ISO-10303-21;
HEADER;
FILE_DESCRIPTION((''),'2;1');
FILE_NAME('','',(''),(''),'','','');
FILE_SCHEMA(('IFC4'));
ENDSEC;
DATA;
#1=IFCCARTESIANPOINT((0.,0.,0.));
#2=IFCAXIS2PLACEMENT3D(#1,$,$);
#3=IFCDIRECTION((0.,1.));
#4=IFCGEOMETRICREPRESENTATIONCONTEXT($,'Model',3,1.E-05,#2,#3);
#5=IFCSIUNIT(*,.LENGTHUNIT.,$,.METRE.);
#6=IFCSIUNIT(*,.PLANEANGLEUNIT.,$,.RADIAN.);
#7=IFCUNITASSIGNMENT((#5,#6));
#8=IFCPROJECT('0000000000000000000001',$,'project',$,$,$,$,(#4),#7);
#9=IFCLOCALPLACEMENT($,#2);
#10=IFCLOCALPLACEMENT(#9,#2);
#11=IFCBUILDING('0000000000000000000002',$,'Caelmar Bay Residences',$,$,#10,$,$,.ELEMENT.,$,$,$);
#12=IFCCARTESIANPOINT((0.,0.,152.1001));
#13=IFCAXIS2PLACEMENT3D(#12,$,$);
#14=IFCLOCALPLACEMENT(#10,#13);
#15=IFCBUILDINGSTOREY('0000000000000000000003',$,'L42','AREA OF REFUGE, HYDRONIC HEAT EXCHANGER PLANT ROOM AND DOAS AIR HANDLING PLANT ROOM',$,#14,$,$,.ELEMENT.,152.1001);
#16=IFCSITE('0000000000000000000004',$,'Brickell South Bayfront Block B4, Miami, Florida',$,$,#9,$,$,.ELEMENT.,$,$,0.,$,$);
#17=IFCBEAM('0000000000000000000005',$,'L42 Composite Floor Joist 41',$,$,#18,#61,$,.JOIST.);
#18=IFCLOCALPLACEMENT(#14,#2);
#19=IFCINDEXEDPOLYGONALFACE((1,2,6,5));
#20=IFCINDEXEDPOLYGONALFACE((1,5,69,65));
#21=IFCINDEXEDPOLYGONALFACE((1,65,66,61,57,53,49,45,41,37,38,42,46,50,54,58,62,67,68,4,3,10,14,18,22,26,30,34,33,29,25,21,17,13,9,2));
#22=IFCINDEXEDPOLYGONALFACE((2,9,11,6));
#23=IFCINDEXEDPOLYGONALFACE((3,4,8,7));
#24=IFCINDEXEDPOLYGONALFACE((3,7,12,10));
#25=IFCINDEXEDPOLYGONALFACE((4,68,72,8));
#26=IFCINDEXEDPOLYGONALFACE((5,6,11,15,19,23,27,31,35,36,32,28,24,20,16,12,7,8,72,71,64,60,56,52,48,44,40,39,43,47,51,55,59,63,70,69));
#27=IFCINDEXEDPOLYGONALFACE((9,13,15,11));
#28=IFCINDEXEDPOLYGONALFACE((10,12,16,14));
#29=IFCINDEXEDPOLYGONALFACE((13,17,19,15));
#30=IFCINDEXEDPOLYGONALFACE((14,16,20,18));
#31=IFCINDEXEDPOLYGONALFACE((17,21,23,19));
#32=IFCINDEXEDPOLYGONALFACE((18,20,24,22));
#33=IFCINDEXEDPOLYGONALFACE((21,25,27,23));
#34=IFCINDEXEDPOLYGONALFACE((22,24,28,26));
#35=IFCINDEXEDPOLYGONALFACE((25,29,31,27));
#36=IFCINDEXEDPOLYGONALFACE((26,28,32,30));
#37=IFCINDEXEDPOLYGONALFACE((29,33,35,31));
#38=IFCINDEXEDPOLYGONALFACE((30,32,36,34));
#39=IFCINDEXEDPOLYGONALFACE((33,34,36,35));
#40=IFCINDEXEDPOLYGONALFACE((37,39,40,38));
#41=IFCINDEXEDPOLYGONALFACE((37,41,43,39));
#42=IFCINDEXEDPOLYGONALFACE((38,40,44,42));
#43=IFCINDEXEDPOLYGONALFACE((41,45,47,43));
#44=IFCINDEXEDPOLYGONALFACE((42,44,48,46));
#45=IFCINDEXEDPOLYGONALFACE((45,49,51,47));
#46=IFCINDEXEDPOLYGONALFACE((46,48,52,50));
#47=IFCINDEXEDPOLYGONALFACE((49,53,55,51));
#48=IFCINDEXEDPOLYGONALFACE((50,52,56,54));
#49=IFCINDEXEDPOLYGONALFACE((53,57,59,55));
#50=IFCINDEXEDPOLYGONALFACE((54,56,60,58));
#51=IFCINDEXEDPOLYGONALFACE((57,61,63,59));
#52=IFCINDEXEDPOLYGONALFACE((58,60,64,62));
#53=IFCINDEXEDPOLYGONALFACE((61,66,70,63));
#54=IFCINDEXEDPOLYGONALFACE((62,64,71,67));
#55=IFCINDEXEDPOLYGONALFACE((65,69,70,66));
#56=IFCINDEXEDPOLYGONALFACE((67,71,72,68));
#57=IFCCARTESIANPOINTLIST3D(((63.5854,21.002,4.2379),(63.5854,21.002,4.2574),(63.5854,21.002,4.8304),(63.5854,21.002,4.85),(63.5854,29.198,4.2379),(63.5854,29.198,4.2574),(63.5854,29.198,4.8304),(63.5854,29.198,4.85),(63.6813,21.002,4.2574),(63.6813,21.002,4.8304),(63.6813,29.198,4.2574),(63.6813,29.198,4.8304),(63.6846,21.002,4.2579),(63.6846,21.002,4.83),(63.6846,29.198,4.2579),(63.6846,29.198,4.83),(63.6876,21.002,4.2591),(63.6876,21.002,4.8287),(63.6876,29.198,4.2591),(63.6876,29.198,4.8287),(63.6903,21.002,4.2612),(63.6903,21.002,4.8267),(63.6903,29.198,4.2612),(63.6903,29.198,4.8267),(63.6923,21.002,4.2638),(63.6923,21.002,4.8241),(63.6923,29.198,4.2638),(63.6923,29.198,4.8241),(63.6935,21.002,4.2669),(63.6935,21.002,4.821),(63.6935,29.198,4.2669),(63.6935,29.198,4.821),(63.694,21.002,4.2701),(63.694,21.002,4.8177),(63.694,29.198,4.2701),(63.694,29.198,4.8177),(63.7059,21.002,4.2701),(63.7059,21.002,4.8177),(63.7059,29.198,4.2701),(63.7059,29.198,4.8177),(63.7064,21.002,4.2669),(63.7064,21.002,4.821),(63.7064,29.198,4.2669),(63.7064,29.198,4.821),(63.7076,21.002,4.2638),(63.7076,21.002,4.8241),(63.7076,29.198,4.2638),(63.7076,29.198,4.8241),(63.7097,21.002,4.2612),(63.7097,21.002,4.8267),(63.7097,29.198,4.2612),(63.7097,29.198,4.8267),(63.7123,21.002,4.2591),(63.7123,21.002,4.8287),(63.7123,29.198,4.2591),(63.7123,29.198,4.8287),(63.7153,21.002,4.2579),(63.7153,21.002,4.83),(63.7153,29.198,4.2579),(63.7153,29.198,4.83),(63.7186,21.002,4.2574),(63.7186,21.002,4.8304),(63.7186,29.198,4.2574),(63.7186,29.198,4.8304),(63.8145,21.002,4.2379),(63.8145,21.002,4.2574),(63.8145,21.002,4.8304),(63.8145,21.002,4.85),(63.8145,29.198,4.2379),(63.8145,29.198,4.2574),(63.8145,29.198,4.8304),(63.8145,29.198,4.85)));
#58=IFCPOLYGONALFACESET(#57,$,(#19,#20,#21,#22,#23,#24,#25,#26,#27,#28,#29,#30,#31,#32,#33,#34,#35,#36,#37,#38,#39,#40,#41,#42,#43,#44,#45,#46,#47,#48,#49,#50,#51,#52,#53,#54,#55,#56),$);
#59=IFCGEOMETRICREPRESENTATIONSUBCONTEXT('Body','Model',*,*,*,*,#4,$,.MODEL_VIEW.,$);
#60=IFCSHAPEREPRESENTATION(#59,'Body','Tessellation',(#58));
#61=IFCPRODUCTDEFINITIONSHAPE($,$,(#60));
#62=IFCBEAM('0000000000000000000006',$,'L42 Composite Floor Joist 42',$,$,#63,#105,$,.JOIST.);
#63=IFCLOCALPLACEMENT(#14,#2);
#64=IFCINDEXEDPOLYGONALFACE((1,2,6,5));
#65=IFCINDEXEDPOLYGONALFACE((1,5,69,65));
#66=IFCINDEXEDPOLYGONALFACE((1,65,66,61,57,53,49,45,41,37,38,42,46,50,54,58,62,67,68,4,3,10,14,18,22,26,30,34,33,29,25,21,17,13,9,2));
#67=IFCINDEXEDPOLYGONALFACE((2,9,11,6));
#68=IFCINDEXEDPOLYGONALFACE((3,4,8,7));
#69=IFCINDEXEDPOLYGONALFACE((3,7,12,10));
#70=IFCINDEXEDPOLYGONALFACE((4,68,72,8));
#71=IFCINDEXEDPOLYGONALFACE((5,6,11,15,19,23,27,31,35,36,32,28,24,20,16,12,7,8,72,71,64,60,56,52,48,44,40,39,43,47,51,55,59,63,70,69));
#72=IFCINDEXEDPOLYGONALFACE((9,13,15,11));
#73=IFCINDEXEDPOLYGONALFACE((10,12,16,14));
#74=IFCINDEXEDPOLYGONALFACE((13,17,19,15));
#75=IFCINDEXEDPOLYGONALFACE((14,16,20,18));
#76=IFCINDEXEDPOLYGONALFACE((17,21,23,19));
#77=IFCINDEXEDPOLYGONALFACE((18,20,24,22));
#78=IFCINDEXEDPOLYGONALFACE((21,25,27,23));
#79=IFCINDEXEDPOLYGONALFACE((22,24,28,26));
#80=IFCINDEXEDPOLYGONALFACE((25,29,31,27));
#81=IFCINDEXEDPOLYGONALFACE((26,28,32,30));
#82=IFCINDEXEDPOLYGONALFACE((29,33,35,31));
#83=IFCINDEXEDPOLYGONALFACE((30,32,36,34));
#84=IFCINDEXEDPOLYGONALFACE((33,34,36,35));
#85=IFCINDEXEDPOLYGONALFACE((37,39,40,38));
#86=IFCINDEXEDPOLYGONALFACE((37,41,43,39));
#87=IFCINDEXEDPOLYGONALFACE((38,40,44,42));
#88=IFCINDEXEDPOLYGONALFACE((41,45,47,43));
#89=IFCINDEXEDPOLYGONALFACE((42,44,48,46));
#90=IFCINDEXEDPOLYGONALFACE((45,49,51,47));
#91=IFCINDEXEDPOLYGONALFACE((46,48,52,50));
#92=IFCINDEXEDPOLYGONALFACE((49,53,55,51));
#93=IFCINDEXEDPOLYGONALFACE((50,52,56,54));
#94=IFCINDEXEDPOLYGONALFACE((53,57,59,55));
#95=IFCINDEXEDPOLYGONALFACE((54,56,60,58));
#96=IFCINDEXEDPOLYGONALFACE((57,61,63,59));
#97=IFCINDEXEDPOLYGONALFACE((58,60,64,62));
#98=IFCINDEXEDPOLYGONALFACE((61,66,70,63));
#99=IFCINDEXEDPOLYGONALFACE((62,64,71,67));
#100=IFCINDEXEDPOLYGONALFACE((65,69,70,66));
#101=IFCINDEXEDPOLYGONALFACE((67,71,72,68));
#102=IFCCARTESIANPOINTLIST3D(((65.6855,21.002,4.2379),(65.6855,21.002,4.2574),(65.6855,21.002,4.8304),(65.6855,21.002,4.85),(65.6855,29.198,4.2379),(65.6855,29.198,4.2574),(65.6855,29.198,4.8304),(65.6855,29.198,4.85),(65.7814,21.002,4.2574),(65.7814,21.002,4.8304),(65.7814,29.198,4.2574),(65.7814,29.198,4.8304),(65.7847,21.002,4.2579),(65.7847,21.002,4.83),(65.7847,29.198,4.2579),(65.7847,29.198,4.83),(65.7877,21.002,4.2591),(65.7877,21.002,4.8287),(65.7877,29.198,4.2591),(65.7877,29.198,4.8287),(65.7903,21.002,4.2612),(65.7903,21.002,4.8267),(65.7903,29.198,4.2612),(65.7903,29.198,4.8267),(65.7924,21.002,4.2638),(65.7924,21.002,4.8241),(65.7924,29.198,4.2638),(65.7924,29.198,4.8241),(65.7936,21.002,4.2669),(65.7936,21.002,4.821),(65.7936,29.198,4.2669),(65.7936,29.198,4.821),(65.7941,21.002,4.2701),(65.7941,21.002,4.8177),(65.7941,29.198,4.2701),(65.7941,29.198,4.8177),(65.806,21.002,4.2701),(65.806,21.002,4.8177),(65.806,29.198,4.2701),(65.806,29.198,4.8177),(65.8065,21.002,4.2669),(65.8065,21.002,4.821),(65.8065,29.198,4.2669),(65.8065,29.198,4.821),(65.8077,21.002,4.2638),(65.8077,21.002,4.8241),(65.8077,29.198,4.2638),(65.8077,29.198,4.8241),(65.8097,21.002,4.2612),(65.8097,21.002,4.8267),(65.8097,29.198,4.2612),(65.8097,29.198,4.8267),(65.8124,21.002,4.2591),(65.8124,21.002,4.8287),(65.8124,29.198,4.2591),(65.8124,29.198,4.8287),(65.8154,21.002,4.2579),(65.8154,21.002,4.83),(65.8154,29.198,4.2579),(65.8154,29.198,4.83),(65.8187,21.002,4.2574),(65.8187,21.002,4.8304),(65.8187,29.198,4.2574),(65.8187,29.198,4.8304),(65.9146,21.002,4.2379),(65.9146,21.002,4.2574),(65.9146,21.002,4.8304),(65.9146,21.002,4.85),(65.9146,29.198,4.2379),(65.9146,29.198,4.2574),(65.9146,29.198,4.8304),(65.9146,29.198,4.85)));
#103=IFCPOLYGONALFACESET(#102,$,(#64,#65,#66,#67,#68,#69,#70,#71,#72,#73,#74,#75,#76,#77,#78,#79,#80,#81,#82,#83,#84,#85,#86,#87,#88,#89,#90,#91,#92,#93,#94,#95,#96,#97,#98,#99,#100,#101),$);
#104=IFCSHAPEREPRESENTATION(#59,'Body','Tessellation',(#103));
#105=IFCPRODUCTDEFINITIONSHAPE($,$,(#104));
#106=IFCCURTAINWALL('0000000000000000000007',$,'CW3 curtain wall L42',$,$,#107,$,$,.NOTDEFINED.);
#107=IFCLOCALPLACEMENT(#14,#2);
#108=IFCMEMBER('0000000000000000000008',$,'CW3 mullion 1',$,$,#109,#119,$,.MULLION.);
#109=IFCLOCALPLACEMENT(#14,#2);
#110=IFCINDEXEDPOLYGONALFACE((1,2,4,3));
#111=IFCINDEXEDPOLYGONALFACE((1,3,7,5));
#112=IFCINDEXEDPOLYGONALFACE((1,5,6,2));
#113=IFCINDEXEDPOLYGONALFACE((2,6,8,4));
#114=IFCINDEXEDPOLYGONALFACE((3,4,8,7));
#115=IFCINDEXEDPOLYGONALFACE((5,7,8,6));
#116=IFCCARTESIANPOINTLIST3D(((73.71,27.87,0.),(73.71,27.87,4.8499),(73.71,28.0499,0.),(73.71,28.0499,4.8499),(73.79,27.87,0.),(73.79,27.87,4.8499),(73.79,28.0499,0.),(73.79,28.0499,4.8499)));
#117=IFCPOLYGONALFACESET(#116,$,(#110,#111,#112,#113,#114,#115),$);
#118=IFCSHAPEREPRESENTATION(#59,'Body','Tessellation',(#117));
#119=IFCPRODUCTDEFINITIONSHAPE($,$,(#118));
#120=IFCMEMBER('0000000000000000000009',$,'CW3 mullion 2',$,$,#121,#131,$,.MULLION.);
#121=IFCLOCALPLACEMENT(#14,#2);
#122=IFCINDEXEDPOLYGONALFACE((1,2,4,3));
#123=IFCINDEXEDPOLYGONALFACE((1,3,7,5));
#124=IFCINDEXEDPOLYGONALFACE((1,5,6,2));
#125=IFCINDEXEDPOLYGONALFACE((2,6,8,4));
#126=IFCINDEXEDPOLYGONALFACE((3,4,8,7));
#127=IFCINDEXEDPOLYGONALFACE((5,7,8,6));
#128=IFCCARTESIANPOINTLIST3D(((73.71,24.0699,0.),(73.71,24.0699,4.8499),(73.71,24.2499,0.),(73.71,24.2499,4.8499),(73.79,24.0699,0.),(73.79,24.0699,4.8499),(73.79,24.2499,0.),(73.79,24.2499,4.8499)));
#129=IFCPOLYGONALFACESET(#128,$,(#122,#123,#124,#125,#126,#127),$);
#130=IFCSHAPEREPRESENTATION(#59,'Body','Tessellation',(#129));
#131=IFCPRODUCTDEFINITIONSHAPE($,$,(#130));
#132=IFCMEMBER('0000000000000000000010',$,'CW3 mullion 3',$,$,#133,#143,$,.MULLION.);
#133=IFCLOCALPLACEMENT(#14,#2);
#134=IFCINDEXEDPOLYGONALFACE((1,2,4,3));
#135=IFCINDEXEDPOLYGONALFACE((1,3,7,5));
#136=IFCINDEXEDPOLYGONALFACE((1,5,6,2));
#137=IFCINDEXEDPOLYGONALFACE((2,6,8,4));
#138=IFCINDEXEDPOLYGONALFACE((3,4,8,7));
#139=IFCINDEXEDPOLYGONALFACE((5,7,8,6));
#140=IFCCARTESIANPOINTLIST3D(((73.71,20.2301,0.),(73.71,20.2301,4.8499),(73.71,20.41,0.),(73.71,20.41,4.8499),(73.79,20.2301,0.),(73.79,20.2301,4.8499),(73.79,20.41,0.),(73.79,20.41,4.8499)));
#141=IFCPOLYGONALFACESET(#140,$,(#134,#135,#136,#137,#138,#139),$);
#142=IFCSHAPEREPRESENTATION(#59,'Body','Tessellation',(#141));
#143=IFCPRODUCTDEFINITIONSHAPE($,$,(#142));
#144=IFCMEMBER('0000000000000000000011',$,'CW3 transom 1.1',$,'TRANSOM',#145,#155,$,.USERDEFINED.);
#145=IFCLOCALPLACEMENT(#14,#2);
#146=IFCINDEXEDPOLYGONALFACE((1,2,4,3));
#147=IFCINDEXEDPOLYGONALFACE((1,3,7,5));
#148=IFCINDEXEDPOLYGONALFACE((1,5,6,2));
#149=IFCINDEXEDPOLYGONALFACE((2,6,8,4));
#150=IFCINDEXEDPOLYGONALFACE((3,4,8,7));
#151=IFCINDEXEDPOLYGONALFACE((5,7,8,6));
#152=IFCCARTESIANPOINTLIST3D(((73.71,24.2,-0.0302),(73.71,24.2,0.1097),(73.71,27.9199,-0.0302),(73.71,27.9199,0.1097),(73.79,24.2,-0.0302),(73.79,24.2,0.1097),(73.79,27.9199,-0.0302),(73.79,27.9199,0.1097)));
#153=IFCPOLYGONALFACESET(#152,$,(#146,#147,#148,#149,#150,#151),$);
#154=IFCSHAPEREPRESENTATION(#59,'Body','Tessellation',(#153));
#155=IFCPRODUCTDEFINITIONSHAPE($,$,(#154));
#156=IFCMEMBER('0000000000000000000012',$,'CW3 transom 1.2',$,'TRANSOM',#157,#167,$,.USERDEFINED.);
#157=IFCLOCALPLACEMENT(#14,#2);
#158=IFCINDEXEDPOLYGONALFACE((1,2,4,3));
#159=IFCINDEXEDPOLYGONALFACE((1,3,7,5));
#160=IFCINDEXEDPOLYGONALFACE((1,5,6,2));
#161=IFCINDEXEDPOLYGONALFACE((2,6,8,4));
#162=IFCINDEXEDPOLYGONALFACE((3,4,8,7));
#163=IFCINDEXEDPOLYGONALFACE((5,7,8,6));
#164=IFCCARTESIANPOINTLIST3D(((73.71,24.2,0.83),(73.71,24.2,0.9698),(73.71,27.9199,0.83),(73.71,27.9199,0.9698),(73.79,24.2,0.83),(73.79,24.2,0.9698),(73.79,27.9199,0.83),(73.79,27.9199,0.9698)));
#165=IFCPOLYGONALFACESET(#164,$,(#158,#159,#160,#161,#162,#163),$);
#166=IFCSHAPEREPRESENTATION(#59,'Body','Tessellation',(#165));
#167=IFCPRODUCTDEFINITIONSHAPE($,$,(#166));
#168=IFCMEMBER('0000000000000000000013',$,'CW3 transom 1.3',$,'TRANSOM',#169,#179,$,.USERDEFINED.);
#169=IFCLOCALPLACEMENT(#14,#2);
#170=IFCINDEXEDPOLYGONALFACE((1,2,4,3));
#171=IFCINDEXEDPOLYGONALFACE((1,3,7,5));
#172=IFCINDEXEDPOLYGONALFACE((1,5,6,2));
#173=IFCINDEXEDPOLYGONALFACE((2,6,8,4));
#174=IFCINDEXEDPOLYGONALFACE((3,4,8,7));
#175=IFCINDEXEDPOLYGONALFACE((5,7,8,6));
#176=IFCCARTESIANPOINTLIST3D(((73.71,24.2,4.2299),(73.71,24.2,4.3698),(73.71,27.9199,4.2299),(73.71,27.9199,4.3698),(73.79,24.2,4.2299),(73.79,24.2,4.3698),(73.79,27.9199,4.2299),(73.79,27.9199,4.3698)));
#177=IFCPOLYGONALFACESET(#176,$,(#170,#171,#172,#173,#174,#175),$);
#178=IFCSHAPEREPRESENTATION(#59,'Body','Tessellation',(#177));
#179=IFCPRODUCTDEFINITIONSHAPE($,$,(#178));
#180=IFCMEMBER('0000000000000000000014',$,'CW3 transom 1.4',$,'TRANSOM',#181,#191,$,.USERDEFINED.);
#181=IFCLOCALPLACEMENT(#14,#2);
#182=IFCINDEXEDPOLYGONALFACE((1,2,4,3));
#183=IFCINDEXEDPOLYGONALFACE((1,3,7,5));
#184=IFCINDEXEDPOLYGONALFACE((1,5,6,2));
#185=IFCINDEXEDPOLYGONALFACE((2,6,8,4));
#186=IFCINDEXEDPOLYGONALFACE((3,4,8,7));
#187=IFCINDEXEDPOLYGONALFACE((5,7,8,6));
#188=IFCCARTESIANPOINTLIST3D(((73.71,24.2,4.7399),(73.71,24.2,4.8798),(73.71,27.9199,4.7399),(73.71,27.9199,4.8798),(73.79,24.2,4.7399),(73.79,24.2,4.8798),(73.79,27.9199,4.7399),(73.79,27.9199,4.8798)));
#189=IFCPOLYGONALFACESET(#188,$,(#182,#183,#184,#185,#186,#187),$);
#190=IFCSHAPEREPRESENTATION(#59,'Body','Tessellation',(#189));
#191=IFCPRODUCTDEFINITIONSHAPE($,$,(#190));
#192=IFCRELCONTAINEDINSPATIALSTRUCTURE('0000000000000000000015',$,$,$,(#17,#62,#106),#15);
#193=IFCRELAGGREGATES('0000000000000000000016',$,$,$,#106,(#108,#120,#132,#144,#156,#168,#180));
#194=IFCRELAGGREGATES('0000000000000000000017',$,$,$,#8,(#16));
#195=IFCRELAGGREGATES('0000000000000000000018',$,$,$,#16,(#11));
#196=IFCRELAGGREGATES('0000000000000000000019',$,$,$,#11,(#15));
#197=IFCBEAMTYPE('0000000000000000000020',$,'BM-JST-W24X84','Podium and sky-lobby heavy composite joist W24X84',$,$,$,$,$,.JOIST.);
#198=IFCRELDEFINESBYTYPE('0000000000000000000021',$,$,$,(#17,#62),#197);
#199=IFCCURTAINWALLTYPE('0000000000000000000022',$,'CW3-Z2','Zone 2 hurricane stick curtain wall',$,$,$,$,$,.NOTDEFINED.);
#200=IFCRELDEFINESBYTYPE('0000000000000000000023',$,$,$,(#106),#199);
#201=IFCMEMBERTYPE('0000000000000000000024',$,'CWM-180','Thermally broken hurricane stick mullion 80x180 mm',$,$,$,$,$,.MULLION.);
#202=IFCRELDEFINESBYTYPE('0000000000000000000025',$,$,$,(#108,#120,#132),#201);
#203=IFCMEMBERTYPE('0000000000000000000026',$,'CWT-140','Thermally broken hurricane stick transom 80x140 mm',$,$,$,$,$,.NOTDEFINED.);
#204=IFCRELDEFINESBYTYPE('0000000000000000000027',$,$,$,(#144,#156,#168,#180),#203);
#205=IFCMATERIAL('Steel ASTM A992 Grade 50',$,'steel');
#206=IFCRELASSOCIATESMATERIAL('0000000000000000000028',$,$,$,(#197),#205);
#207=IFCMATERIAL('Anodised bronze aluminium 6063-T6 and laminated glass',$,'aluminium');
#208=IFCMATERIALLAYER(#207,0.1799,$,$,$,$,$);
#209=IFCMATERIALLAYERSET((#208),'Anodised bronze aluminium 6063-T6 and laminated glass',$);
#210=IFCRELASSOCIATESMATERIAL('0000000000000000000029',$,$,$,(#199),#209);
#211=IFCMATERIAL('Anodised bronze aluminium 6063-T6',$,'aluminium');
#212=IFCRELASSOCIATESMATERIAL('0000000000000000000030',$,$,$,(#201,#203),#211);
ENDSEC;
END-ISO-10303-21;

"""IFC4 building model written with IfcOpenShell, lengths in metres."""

from ifc_helpers import new_model, si_unit, direction, frame, origin, origin_2d, place, context, subcontext, project, spatial, rectangle, i_section, extrude, material, layer, layer_set, material_profile, profile_set, type_object, element, aggregate, save


model = new_model("IFC4")

# Units and contexts
model_context = context("Model", 3, precision=1e-05, world=origin(), true_north=direction((0.0, 1.0)))
body_context = subcontext(model_context, "Body", "Model", "MODEL_VIEW")
ifc_project = project(units=[si_unit("LENGTHUNIT", "METRE"), si_unit("PLANEANGLEUNIT", "RADIAN")], contexts=[model_context])

# Site, building, storey
site_placement = place(None, origin())
site = spatial("IfcSite", under=ifc_project, at=site_placement, Name="Brickell South Bayfront Block B4, Miami, Florida", CompositionType="ELEMENT", RefElevation=0.0)
building_placement = place(site_placement, origin())
building = spatial("IfcBuilding", under=site, at=building_placement, Name="Caelmar Bay Residences", CompositionType="ELEMENT")
storey_placement = place(building_placement, frame((0.0, 0.0, 152.1001)))
storey = spatial("IfcBuildingStorey", under=building, at=storey_placement, Name="L42", Description="AREA OF REFUGE, HYDRONIC HEAT EXCHANGER PLANT ROOM AND DOAS AIR HANDLING PLANT ROOM", CompositionType="ELEMENT", Elevation=152.1001)

# Beams
ifc_material_1 = material(Name="Steel ASTM A992 Grade 50", Category="steel")
ifc_material_profile_1 = material_profile(ifc_material_1, i_section(OverallWidth=0.229, OverallDepth=0.6121, WebThickness=0.012, FlangeThickness=0.0195, FilletRadius=0.0127, at=origin_2d()), Name="W24X84")
ifc_profile_set_1 = profile_set([ifc_material_profile_1], Name="Steel ASTM A992 Grade 50")
beam_type_1 = type_object("IfcBeamType", Name="BM-JST-W24X84", Description="Podium and sky-lobby heavy composite joist W24X84", PredefinedType="JOIST", material=ifc_profile_set_1)
for number, where, z_axis, x_axis, name in (
    (1, (63.7, 21.002, 4.5439), (0.0, 1.0, 0.0), (-1.0, 0.0, 0.0), "L42 Composite Floor Joist 41"),
    (2, (65.8, 21.002, 4.5439), (0.0, 1.0, 0.0), (-1.0, 0.0, 0.0), "L42 Composite Floor Joist 42"),
):
    element("IfcBeam", number, at=place(storey_placement, frame(where, z_axis=z_axis, x_axis=x_axis)), inside=storey, type_object=beam_type_1, Name=name, PredefinedType="JOIST", context=body_context, shape_type="SweptSolid", body=[
        extrude(i_section(OverallWidth=0.229, OverallDepth=0.6121, WebThickness=0.012, FlangeThickness=0.0195, FilletRadius=0.0127, at=origin_2d()), origin(), (0.0, 0.0, 1.0), 8.196),
    ])

# Curtain wall, members
ifc_material_2 = material(Name="Anodised bronze aluminium 6063-T6 and laminated glass", Category="aluminium")
ifc_layer_1 = layer(ifc_material_2, 0.1799)
ifc_layer_set_1 = layer_set([ifc_layer_1], Name="Anodised bronze aluminium 6063-T6 and laminated glass")
curtain_wall_type = type_object("IfcCurtainWallType", Name="CW3-Z2", Description="Zone 2 hurricane stick curtain wall", PredefinedType="NOTDEFINED", material=ifc_layer_set_1)
curtain_wall_placement = place(storey_placement, origin())
curtain_wall = element("IfcCurtainWall", 3, at=curtain_wall_placement, inside=storey, type_object=curtain_wall_type, Name="CW3 curtain wall L42", PredefinedType="NOTDEFINED")
ifc_material_3 = material(Name="Anodised bronze aluminium 6063-T6", Category="aluminium")
ifc_material_profile_2 = material_profile(ifc_material_3, rectangle(XDim=0.0801, YDim=0.1799, at=origin_2d()), Name="CWM-80X180")
ifc_profile_set_2 = profile_set([ifc_material_profile_2], Name="Anodised bronze aluminium 6063-T6")
member_type_1 = type_object("IfcMemberType", Name="CWM-180", Description="Thermally broken hurricane stick mullion 80x180 mm", PredefinedType="MULLION", material=ifc_profile_set_2)
member_1_placement = place(storey_placement, frame((73.75, 27.96, 0.0), z_axis=(0.0, 0.0, 1.0), x_axis=(1.0, 0.0, 0.0)))
member_1 = element("IfcMember", 4, at=member_1_placement, type_object=member_type_1, Name="CW3 mullion 1", PredefinedType="MULLION", context=body_context, shape_type="SweptSolid", body=[
    extrude(rectangle(XDim=0.0801, YDim=0.1799, at=origin_2d()), origin(), (0.0, 0.0, 1.0), 4.8499),
])
member_2_placement = place(storey_placement, frame((73.75, 24.1599, 0.0), z_axis=(0.0, 0.0, 1.0), x_axis=(1.0, 0.0, 0.0)))
member_2 = element("IfcMember", 5, at=member_2_placement, type_object=member_type_1, Name="CW3 mullion 2", PredefinedType="MULLION", context=body_context, shape_type="SweptSolid", body=[
    extrude(rectangle(XDim=0.0801, YDim=0.1799, at=origin_2d()), origin(), (0.0, 0.0, 1.0), 4.8499),
])
member_3_placement = place(storey_placement, frame((73.75, 20.3201, 0.0), z_axis=(0.0, 0.0, 1.0), x_axis=(1.0, 0.0, 0.0)))
member_3 = element("IfcMember", 6, at=member_3_placement, type_object=member_type_1, Name="CW3 mullion 3", PredefinedType="MULLION", context=body_context, shape_type="SweptSolid", body=[
    extrude(rectangle(XDim=0.0801, YDim=0.1799, at=origin_2d()), origin(), (0.0, 0.0, 1.0), 4.8499),
])
ifc_material_profile_3 = material_profile(ifc_material_3, rectangle(XDim=0.0801, YDim=0.1399, at=origin_2d()), Name="CWT-80X140")
ifc_profile_set_3 = profile_set([ifc_material_profile_3], Name="Anodised bronze aluminium 6063-T6")
member_type_2 = type_object("IfcMemberType", Name="CWT-140", Description="Thermally broken hurricane stick transom 80x140 mm", PredefinedType="NOTDEFINED", material=ifc_profile_set_3)
member_4_placement = place(storey_placement, frame((73.75, 27.9199, 0.0398), z_axis=(0.0, -1.0, 0.0), x_axis=(1.0, 0.0, 0.0)))
member_4 = element("IfcMember", 7, at=member_4_placement, type_object=member_type_2, Name="CW3 transom 1.1", ObjectType="TRANSOM", PredefinedType="USERDEFINED", context=body_context, shape_type="SweptSolid", body=[
    extrude(rectangle(XDim=0.0801, YDim=0.1399, at=origin_2d()), origin(), (0.0, 0.0, 1.0), 3.72),
])
member_5_placement = place(storey_placement, frame((73.75, 27.9199, 0.8999), z_axis=(0.0, -1.0, 0.0), x_axis=(1.0, 0.0, 0.0)))
member_5 = element("IfcMember", 8, at=member_5_placement, type_object=member_type_2, Name="CW3 transom 1.2", ObjectType="TRANSOM", PredefinedType="USERDEFINED", context=body_context, shape_type="SweptSolid", body=[
    extrude(rectangle(XDim=0.0801, YDim=0.1399, at=origin_2d()), origin(), (0.0, 0.0, 1.0), 3.72),
])
member_6_placement = place(storey_placement, frame((73.75, 27.9199, 4.2998), z_axis=(0.0, -1.0, 0.0), x_axis=(1.0, 0.0, 0.0)))
member_6 = element("IfcMember", 9, at=member_6_placement, type_object=member_type_2, Name="CW3 transom 1.3", ObjectType="TRANSOM", PredefinedType="USERDEFINED", context=body_context, shape_type="SweptSolid", body=[
    extrude(rectangle(XDim=0.0801, YDim=0.1399, at=origin_2d()), origin(), (0.0, 0.0, 1.0), 3.72),
])
member_7_placement = place(storey_placement, frame((73.75, 27.9199, 4.8098), z_axis=(0.0, -1.0, 0.0), x_axis=(1.0, 0.0, 0.0)))
member_7 = element("IfcMember", 10, at=member_7_placement, type_object=member_type_2, Name="CW3 transom 1.4", ObjectType="TRANSOM", PredefinedType="USERDEFINED", context=body_context, shape_type="SweptSolid", body=[
    extrude(rectangle(XDim=0.0801, YDim=0.1399, at=origin_2d()), origin(), (0.0, 0.0, 1.0), 3.72),
])
aggregate(curtain_wall, [member_1, member_2, member_3, member_4, member_5, member_6, member_7])

save(model, "model.ifc")
